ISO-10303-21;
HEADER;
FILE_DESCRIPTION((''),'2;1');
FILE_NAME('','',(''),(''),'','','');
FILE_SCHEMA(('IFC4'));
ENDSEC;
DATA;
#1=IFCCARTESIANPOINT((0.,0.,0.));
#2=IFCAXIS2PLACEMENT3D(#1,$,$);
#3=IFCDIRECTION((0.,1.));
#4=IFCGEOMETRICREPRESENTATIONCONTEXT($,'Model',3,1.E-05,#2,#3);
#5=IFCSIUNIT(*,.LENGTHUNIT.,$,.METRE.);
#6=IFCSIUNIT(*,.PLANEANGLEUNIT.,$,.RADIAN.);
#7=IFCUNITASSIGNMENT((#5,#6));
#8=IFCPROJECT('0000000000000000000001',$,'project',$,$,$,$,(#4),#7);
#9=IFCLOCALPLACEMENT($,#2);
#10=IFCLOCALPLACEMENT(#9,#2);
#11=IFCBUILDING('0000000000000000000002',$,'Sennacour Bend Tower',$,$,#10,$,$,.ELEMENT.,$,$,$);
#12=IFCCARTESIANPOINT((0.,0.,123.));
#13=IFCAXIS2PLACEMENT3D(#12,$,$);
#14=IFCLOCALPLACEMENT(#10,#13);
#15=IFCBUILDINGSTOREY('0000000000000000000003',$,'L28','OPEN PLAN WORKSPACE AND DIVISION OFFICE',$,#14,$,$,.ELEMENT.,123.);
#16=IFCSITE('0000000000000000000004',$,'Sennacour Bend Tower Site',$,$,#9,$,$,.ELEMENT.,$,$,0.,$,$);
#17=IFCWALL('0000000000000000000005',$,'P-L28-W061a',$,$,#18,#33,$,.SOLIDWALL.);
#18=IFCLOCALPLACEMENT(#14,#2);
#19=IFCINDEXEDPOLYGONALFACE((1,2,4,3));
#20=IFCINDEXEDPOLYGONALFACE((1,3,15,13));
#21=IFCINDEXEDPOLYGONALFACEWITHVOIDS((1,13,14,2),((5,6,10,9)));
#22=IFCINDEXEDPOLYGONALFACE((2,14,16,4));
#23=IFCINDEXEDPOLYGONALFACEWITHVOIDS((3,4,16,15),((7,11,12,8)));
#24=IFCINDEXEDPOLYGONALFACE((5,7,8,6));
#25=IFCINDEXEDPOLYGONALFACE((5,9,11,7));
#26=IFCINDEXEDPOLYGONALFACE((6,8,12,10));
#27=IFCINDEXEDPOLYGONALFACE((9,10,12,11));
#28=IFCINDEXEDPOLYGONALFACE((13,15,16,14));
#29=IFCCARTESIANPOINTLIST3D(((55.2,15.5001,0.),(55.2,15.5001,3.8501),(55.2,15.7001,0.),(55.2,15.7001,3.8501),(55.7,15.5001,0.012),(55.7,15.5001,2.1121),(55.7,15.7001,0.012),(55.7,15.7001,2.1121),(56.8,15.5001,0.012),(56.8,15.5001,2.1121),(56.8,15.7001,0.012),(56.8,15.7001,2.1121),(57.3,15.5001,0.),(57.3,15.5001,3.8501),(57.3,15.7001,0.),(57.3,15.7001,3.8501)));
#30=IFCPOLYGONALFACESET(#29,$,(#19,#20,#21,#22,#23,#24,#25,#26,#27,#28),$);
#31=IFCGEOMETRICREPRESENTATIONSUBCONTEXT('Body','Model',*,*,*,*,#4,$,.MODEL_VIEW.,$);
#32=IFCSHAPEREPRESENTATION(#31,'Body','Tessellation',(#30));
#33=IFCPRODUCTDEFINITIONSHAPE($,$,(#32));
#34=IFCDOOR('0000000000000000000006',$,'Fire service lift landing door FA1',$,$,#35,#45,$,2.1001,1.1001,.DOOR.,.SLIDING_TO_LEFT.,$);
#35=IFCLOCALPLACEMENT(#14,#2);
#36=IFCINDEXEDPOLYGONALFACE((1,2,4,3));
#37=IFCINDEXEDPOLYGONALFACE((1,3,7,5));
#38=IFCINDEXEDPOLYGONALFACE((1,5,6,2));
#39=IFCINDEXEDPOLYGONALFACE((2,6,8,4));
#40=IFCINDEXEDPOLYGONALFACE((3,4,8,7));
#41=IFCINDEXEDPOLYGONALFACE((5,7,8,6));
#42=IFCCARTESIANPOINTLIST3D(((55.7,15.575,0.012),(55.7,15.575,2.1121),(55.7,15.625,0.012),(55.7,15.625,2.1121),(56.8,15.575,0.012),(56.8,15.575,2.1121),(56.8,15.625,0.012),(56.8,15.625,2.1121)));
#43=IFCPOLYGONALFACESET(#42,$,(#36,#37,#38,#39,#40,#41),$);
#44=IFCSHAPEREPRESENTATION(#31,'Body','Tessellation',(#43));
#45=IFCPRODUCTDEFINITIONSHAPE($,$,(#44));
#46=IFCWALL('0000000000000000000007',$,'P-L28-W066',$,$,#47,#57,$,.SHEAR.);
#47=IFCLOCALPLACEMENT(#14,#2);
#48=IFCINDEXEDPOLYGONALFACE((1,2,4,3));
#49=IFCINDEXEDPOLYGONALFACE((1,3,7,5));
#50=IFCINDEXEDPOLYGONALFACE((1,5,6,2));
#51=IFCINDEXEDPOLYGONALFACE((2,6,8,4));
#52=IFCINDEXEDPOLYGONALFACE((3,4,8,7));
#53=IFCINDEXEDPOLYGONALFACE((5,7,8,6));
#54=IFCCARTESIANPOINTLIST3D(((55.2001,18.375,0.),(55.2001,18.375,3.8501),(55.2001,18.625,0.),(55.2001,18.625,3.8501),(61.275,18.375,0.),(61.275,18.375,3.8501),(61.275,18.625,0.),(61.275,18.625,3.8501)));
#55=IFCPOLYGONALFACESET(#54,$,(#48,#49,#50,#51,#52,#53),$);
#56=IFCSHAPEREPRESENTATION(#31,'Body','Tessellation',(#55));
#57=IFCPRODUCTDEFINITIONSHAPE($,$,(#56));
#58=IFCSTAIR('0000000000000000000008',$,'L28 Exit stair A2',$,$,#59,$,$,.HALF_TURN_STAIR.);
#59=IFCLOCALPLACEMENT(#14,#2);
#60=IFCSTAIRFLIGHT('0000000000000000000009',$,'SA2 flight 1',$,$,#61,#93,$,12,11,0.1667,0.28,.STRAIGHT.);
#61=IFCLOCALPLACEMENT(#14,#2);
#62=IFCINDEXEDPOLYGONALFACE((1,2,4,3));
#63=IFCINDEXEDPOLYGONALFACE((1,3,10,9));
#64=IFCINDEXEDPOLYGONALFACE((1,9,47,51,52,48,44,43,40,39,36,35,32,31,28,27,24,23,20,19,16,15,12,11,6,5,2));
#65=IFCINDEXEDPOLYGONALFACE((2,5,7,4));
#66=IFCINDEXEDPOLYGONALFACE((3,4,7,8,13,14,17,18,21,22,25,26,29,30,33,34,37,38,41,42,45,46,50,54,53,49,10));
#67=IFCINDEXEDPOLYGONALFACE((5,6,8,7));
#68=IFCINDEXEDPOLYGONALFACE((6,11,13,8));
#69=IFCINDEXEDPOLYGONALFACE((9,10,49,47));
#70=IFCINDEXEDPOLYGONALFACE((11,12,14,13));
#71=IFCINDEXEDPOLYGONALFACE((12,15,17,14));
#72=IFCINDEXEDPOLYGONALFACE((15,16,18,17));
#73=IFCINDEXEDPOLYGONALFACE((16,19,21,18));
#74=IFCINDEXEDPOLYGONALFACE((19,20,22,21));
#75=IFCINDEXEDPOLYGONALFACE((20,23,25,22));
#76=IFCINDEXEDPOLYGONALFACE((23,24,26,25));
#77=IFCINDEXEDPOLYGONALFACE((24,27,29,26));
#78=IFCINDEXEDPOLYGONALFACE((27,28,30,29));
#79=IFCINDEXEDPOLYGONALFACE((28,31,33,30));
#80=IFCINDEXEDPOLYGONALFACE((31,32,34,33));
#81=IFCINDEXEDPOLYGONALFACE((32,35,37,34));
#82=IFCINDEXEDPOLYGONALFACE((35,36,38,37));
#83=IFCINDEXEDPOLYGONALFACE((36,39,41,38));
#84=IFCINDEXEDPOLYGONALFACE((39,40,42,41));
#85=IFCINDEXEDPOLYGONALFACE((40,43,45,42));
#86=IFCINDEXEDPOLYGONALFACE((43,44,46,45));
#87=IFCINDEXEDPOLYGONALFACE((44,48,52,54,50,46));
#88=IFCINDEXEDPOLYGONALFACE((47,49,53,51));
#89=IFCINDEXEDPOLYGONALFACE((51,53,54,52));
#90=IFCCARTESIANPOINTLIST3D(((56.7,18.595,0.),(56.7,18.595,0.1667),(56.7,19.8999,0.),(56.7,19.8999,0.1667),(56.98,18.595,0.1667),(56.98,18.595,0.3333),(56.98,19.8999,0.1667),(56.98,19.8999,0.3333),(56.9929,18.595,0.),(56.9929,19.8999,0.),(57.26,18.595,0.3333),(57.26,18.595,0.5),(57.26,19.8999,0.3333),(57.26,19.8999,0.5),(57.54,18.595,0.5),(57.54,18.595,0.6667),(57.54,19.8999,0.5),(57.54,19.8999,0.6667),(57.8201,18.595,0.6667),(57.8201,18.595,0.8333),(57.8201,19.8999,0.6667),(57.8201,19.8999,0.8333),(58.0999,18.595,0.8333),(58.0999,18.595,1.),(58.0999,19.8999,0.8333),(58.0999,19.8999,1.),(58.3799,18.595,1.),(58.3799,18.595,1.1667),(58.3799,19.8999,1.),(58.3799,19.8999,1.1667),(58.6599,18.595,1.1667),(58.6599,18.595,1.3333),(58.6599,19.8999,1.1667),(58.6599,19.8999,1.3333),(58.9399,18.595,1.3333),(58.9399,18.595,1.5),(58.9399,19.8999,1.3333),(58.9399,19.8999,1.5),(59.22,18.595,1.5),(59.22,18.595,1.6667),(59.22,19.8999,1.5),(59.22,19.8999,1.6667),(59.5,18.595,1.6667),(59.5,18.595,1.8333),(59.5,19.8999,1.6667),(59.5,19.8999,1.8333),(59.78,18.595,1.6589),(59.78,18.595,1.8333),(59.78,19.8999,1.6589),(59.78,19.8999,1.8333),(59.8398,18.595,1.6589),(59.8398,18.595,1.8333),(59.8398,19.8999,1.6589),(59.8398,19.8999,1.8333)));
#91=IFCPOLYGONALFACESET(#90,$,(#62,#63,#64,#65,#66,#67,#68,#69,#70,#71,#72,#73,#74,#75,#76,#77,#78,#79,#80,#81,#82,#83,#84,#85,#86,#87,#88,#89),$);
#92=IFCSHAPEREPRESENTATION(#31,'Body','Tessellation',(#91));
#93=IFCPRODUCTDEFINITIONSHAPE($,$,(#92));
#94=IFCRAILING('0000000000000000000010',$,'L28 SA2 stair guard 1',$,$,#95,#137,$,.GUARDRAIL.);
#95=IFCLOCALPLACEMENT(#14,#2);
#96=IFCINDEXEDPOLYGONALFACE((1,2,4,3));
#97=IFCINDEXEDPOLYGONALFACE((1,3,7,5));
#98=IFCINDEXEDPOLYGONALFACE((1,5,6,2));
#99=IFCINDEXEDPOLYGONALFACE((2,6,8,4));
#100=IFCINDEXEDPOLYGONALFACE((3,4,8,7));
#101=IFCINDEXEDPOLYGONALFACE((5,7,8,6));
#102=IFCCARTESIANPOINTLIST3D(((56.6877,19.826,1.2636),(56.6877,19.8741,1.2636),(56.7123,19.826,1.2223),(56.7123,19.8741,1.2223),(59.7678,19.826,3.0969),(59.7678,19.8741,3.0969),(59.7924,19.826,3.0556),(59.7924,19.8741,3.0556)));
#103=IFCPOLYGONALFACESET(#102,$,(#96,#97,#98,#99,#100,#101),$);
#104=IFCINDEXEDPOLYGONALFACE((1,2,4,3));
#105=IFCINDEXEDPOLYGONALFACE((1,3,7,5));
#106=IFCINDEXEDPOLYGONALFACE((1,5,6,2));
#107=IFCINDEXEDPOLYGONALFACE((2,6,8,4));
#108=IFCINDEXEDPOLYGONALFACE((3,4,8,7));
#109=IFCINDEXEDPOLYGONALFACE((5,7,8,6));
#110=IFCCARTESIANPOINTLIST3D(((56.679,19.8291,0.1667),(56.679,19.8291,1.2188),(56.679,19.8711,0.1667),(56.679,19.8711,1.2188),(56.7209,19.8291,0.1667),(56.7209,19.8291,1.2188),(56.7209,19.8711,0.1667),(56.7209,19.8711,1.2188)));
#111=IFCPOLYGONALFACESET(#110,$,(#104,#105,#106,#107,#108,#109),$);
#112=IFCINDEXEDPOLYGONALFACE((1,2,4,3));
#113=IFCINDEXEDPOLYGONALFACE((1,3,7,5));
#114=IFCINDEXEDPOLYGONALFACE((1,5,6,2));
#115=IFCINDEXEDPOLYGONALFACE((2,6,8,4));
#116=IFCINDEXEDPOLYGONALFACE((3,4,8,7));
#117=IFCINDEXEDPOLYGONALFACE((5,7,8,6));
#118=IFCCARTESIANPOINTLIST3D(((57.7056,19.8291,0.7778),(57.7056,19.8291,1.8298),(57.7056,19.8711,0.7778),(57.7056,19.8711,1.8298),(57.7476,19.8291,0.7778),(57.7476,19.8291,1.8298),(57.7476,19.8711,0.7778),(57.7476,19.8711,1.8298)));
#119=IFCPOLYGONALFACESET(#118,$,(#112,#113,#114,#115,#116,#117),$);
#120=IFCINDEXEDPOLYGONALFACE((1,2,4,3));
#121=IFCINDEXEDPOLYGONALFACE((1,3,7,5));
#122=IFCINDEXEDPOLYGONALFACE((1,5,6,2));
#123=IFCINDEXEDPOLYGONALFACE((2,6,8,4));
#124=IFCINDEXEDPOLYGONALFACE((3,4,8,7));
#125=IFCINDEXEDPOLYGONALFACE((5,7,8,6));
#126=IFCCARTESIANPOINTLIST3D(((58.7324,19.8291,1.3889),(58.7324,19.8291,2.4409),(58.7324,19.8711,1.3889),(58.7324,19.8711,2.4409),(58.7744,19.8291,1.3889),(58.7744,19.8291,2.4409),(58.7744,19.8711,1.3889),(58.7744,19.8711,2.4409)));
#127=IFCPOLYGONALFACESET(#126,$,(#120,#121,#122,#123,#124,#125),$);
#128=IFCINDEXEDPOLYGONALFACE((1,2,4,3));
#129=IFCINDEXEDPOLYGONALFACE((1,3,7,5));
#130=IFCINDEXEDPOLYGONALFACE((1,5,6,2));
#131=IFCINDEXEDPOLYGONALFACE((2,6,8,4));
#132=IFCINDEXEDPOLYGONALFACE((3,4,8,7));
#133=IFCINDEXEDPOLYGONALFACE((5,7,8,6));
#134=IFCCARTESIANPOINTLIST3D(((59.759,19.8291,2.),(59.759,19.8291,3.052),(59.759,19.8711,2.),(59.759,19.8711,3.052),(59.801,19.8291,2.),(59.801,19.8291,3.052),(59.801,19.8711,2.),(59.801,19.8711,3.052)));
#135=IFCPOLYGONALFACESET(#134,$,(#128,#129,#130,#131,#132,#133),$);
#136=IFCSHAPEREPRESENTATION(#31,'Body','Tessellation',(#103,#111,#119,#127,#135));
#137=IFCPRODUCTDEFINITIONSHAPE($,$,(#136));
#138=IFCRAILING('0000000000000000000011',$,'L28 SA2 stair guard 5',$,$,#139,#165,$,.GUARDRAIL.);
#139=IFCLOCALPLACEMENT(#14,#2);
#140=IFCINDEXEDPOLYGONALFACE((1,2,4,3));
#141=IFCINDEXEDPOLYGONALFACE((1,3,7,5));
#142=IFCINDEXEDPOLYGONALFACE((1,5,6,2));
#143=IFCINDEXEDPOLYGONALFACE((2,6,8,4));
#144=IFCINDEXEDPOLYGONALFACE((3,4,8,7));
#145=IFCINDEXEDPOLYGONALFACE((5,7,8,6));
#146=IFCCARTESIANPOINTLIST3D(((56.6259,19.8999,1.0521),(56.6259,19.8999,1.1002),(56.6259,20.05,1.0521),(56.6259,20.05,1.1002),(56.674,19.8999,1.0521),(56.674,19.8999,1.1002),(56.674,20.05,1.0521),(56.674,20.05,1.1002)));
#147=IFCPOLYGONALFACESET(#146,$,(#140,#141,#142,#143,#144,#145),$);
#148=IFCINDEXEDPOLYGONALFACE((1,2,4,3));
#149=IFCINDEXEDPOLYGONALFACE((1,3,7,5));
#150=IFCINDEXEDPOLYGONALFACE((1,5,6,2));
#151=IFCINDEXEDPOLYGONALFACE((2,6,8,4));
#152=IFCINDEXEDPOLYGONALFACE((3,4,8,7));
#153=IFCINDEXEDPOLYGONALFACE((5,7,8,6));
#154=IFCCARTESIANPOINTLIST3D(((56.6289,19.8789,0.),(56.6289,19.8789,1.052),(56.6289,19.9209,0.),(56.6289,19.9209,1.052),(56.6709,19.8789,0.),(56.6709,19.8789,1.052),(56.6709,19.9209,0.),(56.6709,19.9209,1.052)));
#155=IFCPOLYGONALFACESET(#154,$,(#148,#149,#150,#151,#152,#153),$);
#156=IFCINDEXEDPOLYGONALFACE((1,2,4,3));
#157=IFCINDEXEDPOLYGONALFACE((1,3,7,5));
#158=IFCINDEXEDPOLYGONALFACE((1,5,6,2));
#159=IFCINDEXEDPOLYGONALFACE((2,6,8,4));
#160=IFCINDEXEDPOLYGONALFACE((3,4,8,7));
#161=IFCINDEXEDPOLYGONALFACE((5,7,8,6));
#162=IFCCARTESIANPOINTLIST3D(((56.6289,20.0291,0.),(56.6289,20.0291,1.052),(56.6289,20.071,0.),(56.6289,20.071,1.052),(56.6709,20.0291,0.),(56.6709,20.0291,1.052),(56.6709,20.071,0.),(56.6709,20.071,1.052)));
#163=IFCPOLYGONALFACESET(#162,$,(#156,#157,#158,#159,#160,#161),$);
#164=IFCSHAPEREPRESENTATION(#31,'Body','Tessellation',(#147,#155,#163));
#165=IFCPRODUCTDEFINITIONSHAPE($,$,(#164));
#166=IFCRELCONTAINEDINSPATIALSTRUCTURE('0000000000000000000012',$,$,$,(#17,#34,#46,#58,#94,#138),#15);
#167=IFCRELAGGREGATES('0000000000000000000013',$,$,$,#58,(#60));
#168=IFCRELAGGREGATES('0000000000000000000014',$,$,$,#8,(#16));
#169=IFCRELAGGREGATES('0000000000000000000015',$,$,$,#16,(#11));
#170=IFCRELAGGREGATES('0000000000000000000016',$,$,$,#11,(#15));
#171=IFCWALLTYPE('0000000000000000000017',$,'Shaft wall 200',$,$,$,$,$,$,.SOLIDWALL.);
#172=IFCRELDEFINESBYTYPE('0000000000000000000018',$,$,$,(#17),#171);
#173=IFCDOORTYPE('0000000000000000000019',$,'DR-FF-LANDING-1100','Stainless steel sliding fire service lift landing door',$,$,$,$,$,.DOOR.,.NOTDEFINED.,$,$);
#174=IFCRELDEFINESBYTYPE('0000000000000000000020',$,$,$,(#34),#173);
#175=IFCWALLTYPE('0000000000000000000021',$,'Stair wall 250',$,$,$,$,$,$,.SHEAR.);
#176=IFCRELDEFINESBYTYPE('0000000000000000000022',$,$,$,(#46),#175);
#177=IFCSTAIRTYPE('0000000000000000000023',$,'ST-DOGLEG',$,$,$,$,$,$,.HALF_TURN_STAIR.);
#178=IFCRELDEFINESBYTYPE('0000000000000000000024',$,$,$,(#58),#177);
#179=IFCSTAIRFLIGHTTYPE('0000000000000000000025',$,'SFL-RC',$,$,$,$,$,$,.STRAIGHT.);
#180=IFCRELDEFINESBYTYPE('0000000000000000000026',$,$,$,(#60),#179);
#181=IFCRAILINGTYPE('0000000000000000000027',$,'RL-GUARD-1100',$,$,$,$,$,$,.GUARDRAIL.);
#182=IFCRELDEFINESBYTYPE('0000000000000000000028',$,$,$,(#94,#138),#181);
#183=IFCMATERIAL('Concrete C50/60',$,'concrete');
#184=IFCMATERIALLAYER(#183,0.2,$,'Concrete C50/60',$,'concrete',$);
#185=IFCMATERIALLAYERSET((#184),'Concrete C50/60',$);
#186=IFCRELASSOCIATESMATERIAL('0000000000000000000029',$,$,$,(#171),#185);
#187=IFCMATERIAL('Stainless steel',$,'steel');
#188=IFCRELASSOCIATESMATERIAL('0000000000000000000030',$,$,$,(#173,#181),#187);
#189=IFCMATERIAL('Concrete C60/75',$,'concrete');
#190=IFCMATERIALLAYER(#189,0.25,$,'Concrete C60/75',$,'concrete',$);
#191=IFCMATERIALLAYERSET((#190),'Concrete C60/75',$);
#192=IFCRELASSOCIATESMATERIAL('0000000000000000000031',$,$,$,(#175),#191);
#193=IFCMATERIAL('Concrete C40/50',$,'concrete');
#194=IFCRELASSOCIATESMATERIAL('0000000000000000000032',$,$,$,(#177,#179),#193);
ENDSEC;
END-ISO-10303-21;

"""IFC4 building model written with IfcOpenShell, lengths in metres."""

from ifc_helpers import new_model, si_unit, direction, frame, frame_2d, origin, origin_2d, place, context, subcontext, project, spatial, polyline, rectangle, outline, extrude, material, layer, layer_set, type_object, element, fill, aggregate, save


model = new_model("IFC4")

# Units and contexts
model_context = context("Model", 3, precision=1e-05, world=origin(), true_north=direction((0.0, 1.0)))
body_context = subcontext(model_context, "Body", "Model", "MODEL_VIEW")
ifc_project = project(units=[si_unit("LENGTHUNIT", "METRE"), si_unit("PLANEANGLEUNIT", "RADIAN")], contexts=[model_context])

# Site, building, storey
site_placement = place(None, origin())
site = spatial("IfcSite", under=ifc_project, at=site_placement, Name="Sennacour Bend Tower Site", CompositionType="ELEMENT", RefElevation=0.0)
building_placement = place(site_placement, origin())
building = spatial("IfcBuilding", under=site, at=building_placement, Name="Sennacour Bend Tower", CompositionType="ELEMENT")
storey_placement = place(building_placement, frame((0.0, 0.0, 123.0)))
storey = spatial("IfcBuildingStorey", under=building, at=storey_placement, Name="L28", Description="OPEN PLAN WORKSPACE AND DIVISION OFFICE", CompositionType="ELEMENT", Elevation=123.0)

# Shared definitions
ifc_material_1 = material(Name="Concrete C50/60", Category="concrete")
ifc_layer_1 = layer(ifc_material_1, 0.2, Name="Concrete C50/60", Category="concrete")
ifc_layer_set_1 = layer_set([ifc_layer_1], Name="Concrete C50/60")
wall_type_1 = type_object("IfcWallType", Name="Shaft wall 200", PredefinedType="SOLIDWALL", material=ifc_layer_set_1)

# Wall, opening, door
wall_1_placement = place(storey_placement, frame((55.2, 15.6001, 0.0), z_axis=(0.0, 0.0, 1.0), x_axis=(1.0, 0.0, 0.0)))
wall_1 = element("IfcWall", 1, at=wall_1_placement, inside=storey, type_object=wall_type_1, Name="P-L28-W061a", PredefinedType="SOLIDWALL", context=body_context, shape_type="SweptSolid", body=[
    extrude(rectangle(XDim=2.1001, YDim=0.2, at=frame_2d((1.05, 0.0))), origin(), (0.0, 0.0, 1.0), 3.8501),
])
opening_1_placement = place(wall_1_placement, frame((0.5, 0.0, 0.012)))
opening_1 = element("IfcOpeningElement", 2, at=opening_1_placement, cuts=wall_1, PredefinedType="OPENING", context=body_context, shape_type="SweptSolid", body=[
    extrude(rectangle(XDim=1.1001, YDim=2.1001, at=frame_2d((0.55, 1.05))), frame((0.0, 0.1099, 0.0), z_axis=(0.0, -1.0, 0.0), x_axis=(1.0, 0.0, 0.0)), (0.0, 0.0, 1.0), 0.22),
])
ifc_material_2 = material(Name="Stainless steel", Category="steel")
door_type_1 = type_object("IfcDoorType", Name="DR-FF-LANDING-1100", Description="Stainless steel sliding fire service lift landing door", OperationType="NOTDEFINED", PredefinedType="DOOR", material=ifc_material_2)
door_1_placement = place(opening_1_placement, origin())
door_1 = element("IfcDoor", 3, at=door_1_placement, inside=storey, type_object=door_type_1, Name="Fire service lift landing door FA1", OperationType="SLIDING_TO_LEFT", OverallHeight=2.1001, OverallWidth=1.1001, PredefinedType="DOOR", context=body_context, shape_type="SweptSolid", body=[
    extrude(rectangle(XDim=1.1001, YDim=2.1001, at=frame_2d((0.55, 1.05))), frame((0.0, 0.0249, 0.0), z_axis=(0.0, -1.0, 0.0), x_axis=(1.0, 0.0, 0.0)), (0.0, 0.0, 1.0), 0.05),
])
fill(opening_1, door_1)

# Wall
ifc_material_3 = material(Name="Concrete C60/75", Category="concrete")
ifc_layer_2 = layer(ifc_material_3, 0.25, Name="Concrete C60/75", Category="concrete")
ifc_layer_set_2 = layer_set([ifc_layer_2], Name="Concrete C60/75")
wall_type_2 = type_object("IfcWallType", Name="Stair wall 250", PredefinedType="SHEAR", material=ifc_layer_set_2)
wall_2_placement = place(storey_placement, frame((55.2, 18.5, 0.0), z_axis=(0.0, 0.0, 1.0), x_axis=(1.0, 0.0, 0.0)))
element("IfcWall", 4, at=wall_2_placement, inside=storey, type_object=wall_type_2, Name="P-L28-W066", PredefinedType="SHEAR", context=body_context, shape_type="SweptSolid", body=[
    extrude(rectangle(XDim=6.075, YDim=0.25, at=frame_2d((3.0376, 0.0))), origin(), (0.0, 0.0, 1.0), 3.8501),
])

# Stair, stair flight
ifc_material_4 = material(Name="Concrete C40/50", Category="concrete")
stair_type = type_object("IfcStairType", Name="ST-DOGLEG", PredefinedType="HALF_TURN_STAIR", material=ifc_material_4)
stair_placement = place(storey_placement, origin())
stair = element("IfcStair", 5, at=stair_placement, inside=storey, type_object=stair_type, Name="L28 Exit stair A2", PredefinedType="HALF_TURN_STAIR")
stair_flight_type = type_object("IfcStairFlightType", Name="SFL-RC", PredefinedType="STRAIGHT", material=ifc_material_4)
stair_flight_placement = place(storey_placement, frame((56.7, 19.2476, 0.0), z_axis=(0.0, 0.0, 1.0), x_axis=(1.0, 0.0, 0.0)))
stair_flight = element("IfcStairFlight", 6, at=stair_flight_placement, type_object=stair_flight_type, Name="SA2 flight 1", NumberOfRisers=12, NumberOfTreads=11, PredefinedType="STRAIGHT", RiserHeight=0.1667, TreadLength=0.28, context=body_context, shape_type="SweptSolid", body=[
    extrude(outline(polyline([(0.0, 0.0), (0.0, 0.1667), (0.28, 0.1667), (0.28, 0.3333), (0.5601, 0.3333), (0.5601, 0.5), (0.8401, 0.5), (0.8401, 0.6667), (1.1201, 0.6667), (1.1201, 0.8333), (1.3999, 0.8333), (1.3999, 1.0), (1.6799, 1.0), (1.6799, 1.1667), (1.96, 1.1667), (1.96, 1.3333), (2.24, 1.3333), (2.24, 1.5), (2.52, 1.5), (2.52, 1.6667), (2.8, 1.6667), (2.8, 1.8333), (3.0801, 1.8333), (3.1399, 1.8333), (3.1399, 1.6589), (3.0801, 1.6589), (0.293, 0.0), (0.0, 0.0)])), frame((0.0, 0.6523, 0.0), z_axis=(0.0, -1.0, 0.0), x_axis=(1.0, 0.0, 0.0)), (0.0, 0.0, 1.0), 1.3049),
])
aggregate(stair, [stair_flight])

# Railings
railing_type_1 = type_object("IfcRailingType", Name="RL-GUARD-1100", PredefinedType="GUARDRAIL", material=ifc_material_2)
railing_1_placement = place(storey_placement, frame((56.7, 19.8501, 0.1667)))
element("IfcRailing", 7, at=railing_1_placement, inside=storey, type_object=railing_type_1, Name="L28 SA2 stair guard 1", PredefinedType="GUARDRAIL", context=body_context, shape_type="SweptSolid", body=[
    extrude(rectangle(XDim=0.0481, YDim=0.0481, at=origin_2d()), frame((0.0, 0.0, 1.0762), z_axis=(0.859309, 0.0, 0.511458), x_axis=(0.0, 1.0, 0.0)), (0.0, 0.0, 1.0), 3.5845),
    extrude(rectangle(XDim=0.042, YDim=0.042, at=origin_2d()), origin(), (0.0, 0.0, 1.0), 1.052),
    extrude(rectangle(XDim=0.042, YDim=0.042, at=origin_2d()), frame((1.0266, 0.0, 0.6111)), (0.0, 0.0, 1.0), 1.052),
    extrude(rectangle(XDim=0.042, YDim=0.042, at=origin_2d()), frame((2.0535, 0.0, 1.2222)), (0.0, 0.0, 1.0), 1.052),
    extrude(rectangle(XDim=0.042, YDim=0.042, at=origin_2d()), frame((3.0801, 0.0, 1.8333)), (0.0, 0.0, 1.0), 1.052),
])
railing_2_placement = place(storey_placement, frame((56.6499, 19.8999, 0.0)))
element("IfcRailing", 8, at=railing_2_placement, inside=storey, type_object=railing_type_1, Name="L28 SA2 stair guard 5", PredefinedType="GUARDRAIL", context=body_context, shape_type="SweptSolid", body=[
    extrude(rectangle(XDim=0.0481, YDim=0.0481, at=origin_2d()), frame((0.0, 0.0, 1.0762), z_axis=(0.0, 1.0, 0.0), x_axis=(-1.0, 0.0, 0.0)), (0.0, 0.0, 1.0), 0.1501),
    extrude(rectangle(XDim=0.042, YDim=0.042, at=origin_2d()), origin(), (0.0, 0.0, 1.0), 1.052),
    extrude(rectangle(XDim=0.042, YDim=0.042, at=origin_2d()), frame((0.0, 0.1501, 0.0)), (0.0, 0.0, 1.0), 1.052),
])

save(model, "model.ifc")
